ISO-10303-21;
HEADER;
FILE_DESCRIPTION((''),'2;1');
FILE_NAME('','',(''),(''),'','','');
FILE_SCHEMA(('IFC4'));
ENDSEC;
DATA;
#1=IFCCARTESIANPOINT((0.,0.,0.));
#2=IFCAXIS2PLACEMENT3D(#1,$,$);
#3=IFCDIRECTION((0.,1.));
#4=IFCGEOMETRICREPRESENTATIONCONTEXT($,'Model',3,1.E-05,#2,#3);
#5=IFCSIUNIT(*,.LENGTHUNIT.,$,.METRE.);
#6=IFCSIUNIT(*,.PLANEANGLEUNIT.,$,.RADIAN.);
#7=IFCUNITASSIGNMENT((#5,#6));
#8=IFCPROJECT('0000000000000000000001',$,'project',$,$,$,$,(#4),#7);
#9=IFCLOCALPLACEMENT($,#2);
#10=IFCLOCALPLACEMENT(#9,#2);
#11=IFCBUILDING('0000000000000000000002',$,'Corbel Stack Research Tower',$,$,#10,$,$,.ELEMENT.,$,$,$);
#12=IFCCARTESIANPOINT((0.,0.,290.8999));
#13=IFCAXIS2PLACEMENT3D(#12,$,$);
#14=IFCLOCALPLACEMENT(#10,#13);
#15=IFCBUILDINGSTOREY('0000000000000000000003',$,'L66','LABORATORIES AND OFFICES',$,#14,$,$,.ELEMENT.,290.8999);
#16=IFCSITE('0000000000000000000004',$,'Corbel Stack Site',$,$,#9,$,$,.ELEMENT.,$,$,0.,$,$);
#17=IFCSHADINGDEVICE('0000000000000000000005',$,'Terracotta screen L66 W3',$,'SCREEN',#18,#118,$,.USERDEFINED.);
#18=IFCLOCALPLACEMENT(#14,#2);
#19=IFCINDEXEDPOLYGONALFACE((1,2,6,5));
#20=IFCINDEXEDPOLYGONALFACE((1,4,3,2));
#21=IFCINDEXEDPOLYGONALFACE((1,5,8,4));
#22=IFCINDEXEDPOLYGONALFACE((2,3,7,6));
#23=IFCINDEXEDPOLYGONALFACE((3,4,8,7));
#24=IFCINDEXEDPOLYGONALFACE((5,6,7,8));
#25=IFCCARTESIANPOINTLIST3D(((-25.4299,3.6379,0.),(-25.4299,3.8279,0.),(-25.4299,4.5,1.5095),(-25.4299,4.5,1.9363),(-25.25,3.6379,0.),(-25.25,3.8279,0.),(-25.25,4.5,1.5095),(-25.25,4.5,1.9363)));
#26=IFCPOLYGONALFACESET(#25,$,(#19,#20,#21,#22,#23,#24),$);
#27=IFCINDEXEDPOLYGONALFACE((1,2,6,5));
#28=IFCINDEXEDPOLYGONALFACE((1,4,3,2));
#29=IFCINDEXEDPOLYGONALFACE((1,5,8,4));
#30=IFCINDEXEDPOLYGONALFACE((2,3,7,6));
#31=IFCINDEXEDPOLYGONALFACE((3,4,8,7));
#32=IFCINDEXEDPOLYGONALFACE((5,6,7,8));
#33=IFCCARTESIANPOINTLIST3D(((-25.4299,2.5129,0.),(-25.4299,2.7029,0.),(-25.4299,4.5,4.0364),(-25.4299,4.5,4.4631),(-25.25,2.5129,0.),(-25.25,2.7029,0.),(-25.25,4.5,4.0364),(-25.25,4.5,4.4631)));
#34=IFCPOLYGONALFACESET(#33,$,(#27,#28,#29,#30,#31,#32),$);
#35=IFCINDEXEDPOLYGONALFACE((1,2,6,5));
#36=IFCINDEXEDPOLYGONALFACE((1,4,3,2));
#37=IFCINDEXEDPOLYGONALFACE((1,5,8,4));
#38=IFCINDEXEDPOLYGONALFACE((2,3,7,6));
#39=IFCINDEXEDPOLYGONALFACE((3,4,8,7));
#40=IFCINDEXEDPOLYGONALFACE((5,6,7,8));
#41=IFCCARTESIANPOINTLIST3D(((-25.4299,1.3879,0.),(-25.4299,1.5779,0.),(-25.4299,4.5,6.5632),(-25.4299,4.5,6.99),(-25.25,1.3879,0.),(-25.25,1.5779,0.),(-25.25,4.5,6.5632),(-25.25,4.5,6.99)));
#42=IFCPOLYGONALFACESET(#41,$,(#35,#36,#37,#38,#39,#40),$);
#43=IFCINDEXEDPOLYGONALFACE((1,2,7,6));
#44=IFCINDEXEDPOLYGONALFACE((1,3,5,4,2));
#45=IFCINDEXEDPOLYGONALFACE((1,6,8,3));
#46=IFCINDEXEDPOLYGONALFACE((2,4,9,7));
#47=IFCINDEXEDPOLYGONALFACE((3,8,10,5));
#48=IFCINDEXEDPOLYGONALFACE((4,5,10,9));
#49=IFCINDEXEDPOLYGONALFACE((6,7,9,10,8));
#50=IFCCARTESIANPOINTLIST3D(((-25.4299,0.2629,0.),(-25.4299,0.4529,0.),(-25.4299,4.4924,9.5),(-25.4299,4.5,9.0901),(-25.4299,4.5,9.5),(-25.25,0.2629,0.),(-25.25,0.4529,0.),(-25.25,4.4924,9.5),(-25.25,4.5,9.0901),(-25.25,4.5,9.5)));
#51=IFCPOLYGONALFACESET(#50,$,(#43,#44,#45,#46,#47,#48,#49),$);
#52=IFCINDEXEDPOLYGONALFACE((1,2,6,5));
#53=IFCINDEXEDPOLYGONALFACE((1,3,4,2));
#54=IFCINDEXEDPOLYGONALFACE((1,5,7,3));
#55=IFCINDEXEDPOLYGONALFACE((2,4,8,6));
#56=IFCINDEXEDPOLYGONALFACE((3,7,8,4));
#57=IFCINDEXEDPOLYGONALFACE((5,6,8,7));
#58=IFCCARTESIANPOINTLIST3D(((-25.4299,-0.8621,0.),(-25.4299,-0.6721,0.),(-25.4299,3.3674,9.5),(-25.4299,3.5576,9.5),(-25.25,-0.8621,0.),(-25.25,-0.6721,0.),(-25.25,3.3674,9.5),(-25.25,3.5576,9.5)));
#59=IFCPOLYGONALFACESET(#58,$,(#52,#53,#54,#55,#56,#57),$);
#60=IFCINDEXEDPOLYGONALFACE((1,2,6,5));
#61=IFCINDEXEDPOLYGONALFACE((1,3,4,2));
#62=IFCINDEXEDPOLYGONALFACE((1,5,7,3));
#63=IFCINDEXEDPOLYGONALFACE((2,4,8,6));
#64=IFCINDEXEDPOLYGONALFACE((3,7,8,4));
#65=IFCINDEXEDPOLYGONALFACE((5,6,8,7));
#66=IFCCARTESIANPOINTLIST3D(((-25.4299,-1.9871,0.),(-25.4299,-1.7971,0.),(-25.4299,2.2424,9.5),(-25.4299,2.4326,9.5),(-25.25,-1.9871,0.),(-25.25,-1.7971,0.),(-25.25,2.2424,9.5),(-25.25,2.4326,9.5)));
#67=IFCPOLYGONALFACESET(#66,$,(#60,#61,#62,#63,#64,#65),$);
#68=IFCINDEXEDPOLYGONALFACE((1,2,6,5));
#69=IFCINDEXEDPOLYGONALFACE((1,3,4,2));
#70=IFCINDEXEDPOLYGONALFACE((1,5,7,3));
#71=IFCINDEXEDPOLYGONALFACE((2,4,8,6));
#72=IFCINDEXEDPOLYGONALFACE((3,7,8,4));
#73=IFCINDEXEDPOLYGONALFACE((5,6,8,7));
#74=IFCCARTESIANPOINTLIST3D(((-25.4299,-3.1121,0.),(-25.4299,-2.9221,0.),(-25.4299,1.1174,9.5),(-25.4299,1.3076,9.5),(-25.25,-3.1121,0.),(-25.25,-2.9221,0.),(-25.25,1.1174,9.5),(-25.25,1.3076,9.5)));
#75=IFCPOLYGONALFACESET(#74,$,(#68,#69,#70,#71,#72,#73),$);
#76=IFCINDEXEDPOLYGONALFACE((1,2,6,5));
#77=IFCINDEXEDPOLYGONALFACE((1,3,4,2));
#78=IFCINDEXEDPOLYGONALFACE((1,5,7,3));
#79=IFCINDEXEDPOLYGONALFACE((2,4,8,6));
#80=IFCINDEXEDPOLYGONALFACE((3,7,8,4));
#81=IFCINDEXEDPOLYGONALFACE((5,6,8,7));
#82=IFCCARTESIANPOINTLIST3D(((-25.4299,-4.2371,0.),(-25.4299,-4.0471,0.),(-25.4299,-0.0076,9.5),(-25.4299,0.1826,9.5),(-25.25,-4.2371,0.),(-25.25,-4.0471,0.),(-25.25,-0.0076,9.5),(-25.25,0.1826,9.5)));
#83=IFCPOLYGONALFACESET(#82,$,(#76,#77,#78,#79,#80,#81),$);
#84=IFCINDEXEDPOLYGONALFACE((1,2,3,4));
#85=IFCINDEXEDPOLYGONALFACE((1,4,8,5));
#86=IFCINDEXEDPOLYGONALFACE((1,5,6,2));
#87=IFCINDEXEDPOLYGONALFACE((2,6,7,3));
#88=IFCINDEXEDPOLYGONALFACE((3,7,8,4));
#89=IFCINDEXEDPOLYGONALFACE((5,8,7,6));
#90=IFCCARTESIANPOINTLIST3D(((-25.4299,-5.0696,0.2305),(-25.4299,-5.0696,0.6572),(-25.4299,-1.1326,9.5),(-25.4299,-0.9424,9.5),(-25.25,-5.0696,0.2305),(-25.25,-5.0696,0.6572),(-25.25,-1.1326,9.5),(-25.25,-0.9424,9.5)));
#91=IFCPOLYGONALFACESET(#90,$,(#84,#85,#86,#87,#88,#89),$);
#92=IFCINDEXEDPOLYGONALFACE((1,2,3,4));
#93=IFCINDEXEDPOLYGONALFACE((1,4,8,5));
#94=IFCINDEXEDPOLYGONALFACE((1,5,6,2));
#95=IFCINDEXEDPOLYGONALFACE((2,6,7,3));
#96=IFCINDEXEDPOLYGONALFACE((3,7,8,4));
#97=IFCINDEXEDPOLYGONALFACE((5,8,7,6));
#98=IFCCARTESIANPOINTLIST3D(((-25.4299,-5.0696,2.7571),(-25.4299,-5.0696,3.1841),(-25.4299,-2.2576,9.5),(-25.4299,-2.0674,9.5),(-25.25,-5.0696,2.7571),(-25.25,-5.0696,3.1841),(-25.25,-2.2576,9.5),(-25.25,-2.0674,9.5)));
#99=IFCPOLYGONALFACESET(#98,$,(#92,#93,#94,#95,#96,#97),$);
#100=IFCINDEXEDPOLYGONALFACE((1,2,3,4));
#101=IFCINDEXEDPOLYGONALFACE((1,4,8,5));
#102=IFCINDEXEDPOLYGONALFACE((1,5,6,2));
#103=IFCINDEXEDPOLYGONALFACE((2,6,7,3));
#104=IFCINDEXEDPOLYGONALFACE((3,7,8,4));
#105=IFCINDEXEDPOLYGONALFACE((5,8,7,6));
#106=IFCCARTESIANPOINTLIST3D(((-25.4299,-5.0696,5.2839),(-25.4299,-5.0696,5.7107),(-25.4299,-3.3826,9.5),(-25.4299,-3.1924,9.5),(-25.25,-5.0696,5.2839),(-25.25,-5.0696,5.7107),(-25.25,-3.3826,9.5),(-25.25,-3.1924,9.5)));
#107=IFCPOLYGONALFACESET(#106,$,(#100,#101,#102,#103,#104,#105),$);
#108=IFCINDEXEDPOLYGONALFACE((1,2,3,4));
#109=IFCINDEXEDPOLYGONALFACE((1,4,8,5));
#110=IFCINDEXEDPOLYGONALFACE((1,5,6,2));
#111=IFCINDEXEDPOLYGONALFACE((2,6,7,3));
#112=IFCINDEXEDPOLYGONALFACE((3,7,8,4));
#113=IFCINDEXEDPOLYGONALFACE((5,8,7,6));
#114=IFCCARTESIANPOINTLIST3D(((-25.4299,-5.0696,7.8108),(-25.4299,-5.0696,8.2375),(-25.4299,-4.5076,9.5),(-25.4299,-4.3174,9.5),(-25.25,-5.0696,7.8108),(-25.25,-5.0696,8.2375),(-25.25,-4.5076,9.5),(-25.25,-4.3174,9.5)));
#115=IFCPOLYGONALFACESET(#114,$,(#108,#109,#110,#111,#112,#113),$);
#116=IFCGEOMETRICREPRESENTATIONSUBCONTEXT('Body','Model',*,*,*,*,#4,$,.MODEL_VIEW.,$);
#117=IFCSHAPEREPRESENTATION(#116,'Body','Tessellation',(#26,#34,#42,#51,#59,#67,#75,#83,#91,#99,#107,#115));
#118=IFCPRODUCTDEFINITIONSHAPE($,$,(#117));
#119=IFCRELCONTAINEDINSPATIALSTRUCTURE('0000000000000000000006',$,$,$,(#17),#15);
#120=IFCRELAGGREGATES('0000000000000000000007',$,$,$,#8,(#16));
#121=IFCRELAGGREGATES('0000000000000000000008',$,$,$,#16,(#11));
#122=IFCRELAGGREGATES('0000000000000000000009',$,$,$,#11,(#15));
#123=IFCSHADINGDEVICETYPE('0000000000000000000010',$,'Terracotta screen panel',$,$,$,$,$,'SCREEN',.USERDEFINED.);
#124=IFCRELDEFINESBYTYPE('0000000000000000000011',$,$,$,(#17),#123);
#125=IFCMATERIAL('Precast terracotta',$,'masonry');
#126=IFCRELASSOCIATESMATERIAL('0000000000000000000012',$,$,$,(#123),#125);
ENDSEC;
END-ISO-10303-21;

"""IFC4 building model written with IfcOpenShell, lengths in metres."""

from ifc_helpers import new_model, si_unit, direction, frame, origin, place, context, subcontext, project, spatial, polyline, outline, extrude, source, transform, mapped, material, type_object, element, save


model = new_model("IFC4")

# Units and contexts
model_context = context("Model", 3, precision=1e-05, world=origin(), true_north=direction((0.0, 1.0)))
body_context = subcontext(model_context, "Body", "Model", "MODEL_VIEW")
ifc_project = project(units=[si_unit("LENGTHUNIT", "METRE"), si_unit("PLANEANGLEUNIT", "RADIAN")], contexts=[model_context])

# Site, building, storey
site_placement = place(None, origin())
site = spatial("IfcSite", under=ifc_project, at=site_placement, Name="Corbel Stack Site", CompositionType="ELEMENT", RefElevation=0.0)
building_placement = place(site_placement, origin())
building = spatial("IfcBuilding", under=site, at=building_placement, Name="Corbel Stack Research Tower", CompositionType="ELEMENT")
storey_placement = place(building_placement, frame((0.0, 0.0, 290.8999)))
storey = spatial("IfcBuildingStorey", under=building, at=storey_placement, Name="L66", Description="LABORATORIES AND OFFICES", CompositionType="ELEMENT", Elevation=290.8999)

# Shading device
ifc_material_1 = material(Name="Precast terracotta", Category="masonry")
shading_device_type = type_object("IfcShadingDeviceType", Name="Terracotta screen panel", ElementType="SCREEN", PredefinedType="USERDEFINED", material=ifc_material_1)
shared_shape_1 = source(origin(), body_context, "Body", "SweptSolid", [
    extrude(outline(polyline([(0.8621, 0.0), (0.0, 1.9363), (0.0, 1.5095), (0.6721, 0.0), (0.8621, 0.0)])), frame((0.0, 0.0, 0.0), z_axis=(0.0, -1.0, 0.0), x_axis=(1.0, 0.0, 0.0)), (0.0, 0.0, 1.0), 0.1799),
    extrude(outline(polyline([(1.9871, 0.0), (0.0, 4.4631), (0.0, 4.0364), (1.7971, 0.0), (1.9871, 0.0)])), frame((0.0, 0.0, 0.0), z_axis=(0.0, -1.0, 0.0), x_axis=(1.0, 0.0, 0.0)), (0.0, 0.0, 1.0), 0.1799),
    extrude(outline(polyline([(3.1121, 0.0), (0.0, 6.99), (0.0, 6.5632), (2.9221, 0.0), (3.1121, 0.0)])), frame((0.0, 0.0, 0.0), z_axis=(0.0, -1.0, 0.0), x_axis=(1.0, 0.0, 0.0)), (0.0, 0.0, 1.0), 0.1799),
    extrude(outline(polyline([(4.2371, 0.0), (0.0076, 9.5), (0.0, 9.5), (0.0, 9.0901), (4.0471, 0.0), (4.2371, 0.0)])), frame((0.0, 0.0, 0.0), z_axis=(0.0, -1.0, 0.0), x_axis=(1.0, 0.0, 0.0)), (0.0, 0.0, 1.0), 0.1799),
    extrude(outline(polyline([(5.3621, 0.0), (1.1326, 9.5), (0.9424, 9.5), (5.1721, 0.0), (5.3621, 0.0)])), frame((0.0, 0.0, 0.0), z_axis=(0.0, -1.0, 0.0), x_axis=(1.0, 0.0, 0.0)), (0.0, 0.0, 1.0), 0.1799),
    extrude(outline(polyline([(6.4871, 0.0), (2.2576, 9.5), (2.0674, 9.5), (6.2971, 0.0), (6.4871, 0.0)])), frame((0.0, 0.0, 0.0), z_axis=(0.0, -1.0, 0.0), x_axis=(1.0, 0.0, 0.0)), (0.0, 0.0, 1.0), 0.1799),
    extrude(outline(polyline([(7.6121, 0.0), (3.3826, 9.5), (3.1924, 9.5), (7.4221, 0.0), (7.6121, 0.0)])), frame((0.0, 0.0, 0.0), z_axis=(0.0, -1.0, 0.0), x_axis=(1.0, 0.0, 0.0)), (0.0, 0.0, 1.0), 0.1799),
    extrude(outline(polyline([(8.7371, 0.0), (4.5076, 9.5), (4.3174, 9.5), (8.5471, 0.0), (8.7371, 0.0)])), frame((0.0, 0.0, 0.0), z_axis=(0.0, -1.0, 0.0), x_axis=(1.0, 0.0, 0.0)), (0.0, 0.0, 1.0), 0.1799),
    extrude(outline(polyline([(5.6326, 9.5), (5.4424, 9.5), (9.5696, 0.2305), (9.5696, 0.6572), (5.6326, 9.5)])), frame((0.0, 0.0, 0.0), z_axis=(0.0, -1.0, 0.0), x_axis=(1.0, 0.0, 0.0)), (0.0, 0.0, 1.0), 0.1799),
    extrude(outline(polyline([(6.7576, 9.5), (6.5674, 9.5), (9.5696, 2.7571), (9.5696, 3.1841), (6.7576, 9.5)])), frame((0.0, 0.0, 0.0), z_axis=(0.0, -1.0, 0.0), x_axis=(1.0, 0.0, 0.0)), (0.0, 0.0, 1.0), 0.1799),
    extrude(outline(polyline([(7.8826, 9.5), (7.6924, 9.5), (9.5696, 5.2839), (9.5696, 5.7107), (7.8826, 9.5)])), frame((0.0, 0.0, 0.0), z_axis=(0.0, -1.0, 0.0), x_axis=(1.0, 0.0, 0.0)), (0.0, 0.0, 1.0), 0.1799),
    extrude(outline(polyline([(9.0076, 9.5), (8.8174, 9.5), (9.5696, 7.8108), (9.5696, 8.2375), (9.0076, 9.5)])), frame((0.0, 0.0, 0.0), z_axis=(0.0, -1.0, 0.0), x_axis=(1.0, 0.0, 0.0)), (0.0, 0.0, 1.0), 0.1799),
])
shading_device_1_placement = place(storey_placement, frame((-25.25, 4.5, 0.0), z_axis=(0.0, 0.0, 1.0), x_axis=(0.0, -1.0, 0.0)))
element("IfcShadingDevice", 1, at=shading_device_1_placement, inside=storey, type_object=shading_device_type, Name="Terracotta screen L66 W3", ObjectType="SCREEN", PredefinedType="USERDEFINED", context=body_context, shape_type="MappedRepresentation", body=[
    mapped(shared_shape_1, transform((0.0, 0.0, 0.0))),
])

save(model, "model.ifc")
